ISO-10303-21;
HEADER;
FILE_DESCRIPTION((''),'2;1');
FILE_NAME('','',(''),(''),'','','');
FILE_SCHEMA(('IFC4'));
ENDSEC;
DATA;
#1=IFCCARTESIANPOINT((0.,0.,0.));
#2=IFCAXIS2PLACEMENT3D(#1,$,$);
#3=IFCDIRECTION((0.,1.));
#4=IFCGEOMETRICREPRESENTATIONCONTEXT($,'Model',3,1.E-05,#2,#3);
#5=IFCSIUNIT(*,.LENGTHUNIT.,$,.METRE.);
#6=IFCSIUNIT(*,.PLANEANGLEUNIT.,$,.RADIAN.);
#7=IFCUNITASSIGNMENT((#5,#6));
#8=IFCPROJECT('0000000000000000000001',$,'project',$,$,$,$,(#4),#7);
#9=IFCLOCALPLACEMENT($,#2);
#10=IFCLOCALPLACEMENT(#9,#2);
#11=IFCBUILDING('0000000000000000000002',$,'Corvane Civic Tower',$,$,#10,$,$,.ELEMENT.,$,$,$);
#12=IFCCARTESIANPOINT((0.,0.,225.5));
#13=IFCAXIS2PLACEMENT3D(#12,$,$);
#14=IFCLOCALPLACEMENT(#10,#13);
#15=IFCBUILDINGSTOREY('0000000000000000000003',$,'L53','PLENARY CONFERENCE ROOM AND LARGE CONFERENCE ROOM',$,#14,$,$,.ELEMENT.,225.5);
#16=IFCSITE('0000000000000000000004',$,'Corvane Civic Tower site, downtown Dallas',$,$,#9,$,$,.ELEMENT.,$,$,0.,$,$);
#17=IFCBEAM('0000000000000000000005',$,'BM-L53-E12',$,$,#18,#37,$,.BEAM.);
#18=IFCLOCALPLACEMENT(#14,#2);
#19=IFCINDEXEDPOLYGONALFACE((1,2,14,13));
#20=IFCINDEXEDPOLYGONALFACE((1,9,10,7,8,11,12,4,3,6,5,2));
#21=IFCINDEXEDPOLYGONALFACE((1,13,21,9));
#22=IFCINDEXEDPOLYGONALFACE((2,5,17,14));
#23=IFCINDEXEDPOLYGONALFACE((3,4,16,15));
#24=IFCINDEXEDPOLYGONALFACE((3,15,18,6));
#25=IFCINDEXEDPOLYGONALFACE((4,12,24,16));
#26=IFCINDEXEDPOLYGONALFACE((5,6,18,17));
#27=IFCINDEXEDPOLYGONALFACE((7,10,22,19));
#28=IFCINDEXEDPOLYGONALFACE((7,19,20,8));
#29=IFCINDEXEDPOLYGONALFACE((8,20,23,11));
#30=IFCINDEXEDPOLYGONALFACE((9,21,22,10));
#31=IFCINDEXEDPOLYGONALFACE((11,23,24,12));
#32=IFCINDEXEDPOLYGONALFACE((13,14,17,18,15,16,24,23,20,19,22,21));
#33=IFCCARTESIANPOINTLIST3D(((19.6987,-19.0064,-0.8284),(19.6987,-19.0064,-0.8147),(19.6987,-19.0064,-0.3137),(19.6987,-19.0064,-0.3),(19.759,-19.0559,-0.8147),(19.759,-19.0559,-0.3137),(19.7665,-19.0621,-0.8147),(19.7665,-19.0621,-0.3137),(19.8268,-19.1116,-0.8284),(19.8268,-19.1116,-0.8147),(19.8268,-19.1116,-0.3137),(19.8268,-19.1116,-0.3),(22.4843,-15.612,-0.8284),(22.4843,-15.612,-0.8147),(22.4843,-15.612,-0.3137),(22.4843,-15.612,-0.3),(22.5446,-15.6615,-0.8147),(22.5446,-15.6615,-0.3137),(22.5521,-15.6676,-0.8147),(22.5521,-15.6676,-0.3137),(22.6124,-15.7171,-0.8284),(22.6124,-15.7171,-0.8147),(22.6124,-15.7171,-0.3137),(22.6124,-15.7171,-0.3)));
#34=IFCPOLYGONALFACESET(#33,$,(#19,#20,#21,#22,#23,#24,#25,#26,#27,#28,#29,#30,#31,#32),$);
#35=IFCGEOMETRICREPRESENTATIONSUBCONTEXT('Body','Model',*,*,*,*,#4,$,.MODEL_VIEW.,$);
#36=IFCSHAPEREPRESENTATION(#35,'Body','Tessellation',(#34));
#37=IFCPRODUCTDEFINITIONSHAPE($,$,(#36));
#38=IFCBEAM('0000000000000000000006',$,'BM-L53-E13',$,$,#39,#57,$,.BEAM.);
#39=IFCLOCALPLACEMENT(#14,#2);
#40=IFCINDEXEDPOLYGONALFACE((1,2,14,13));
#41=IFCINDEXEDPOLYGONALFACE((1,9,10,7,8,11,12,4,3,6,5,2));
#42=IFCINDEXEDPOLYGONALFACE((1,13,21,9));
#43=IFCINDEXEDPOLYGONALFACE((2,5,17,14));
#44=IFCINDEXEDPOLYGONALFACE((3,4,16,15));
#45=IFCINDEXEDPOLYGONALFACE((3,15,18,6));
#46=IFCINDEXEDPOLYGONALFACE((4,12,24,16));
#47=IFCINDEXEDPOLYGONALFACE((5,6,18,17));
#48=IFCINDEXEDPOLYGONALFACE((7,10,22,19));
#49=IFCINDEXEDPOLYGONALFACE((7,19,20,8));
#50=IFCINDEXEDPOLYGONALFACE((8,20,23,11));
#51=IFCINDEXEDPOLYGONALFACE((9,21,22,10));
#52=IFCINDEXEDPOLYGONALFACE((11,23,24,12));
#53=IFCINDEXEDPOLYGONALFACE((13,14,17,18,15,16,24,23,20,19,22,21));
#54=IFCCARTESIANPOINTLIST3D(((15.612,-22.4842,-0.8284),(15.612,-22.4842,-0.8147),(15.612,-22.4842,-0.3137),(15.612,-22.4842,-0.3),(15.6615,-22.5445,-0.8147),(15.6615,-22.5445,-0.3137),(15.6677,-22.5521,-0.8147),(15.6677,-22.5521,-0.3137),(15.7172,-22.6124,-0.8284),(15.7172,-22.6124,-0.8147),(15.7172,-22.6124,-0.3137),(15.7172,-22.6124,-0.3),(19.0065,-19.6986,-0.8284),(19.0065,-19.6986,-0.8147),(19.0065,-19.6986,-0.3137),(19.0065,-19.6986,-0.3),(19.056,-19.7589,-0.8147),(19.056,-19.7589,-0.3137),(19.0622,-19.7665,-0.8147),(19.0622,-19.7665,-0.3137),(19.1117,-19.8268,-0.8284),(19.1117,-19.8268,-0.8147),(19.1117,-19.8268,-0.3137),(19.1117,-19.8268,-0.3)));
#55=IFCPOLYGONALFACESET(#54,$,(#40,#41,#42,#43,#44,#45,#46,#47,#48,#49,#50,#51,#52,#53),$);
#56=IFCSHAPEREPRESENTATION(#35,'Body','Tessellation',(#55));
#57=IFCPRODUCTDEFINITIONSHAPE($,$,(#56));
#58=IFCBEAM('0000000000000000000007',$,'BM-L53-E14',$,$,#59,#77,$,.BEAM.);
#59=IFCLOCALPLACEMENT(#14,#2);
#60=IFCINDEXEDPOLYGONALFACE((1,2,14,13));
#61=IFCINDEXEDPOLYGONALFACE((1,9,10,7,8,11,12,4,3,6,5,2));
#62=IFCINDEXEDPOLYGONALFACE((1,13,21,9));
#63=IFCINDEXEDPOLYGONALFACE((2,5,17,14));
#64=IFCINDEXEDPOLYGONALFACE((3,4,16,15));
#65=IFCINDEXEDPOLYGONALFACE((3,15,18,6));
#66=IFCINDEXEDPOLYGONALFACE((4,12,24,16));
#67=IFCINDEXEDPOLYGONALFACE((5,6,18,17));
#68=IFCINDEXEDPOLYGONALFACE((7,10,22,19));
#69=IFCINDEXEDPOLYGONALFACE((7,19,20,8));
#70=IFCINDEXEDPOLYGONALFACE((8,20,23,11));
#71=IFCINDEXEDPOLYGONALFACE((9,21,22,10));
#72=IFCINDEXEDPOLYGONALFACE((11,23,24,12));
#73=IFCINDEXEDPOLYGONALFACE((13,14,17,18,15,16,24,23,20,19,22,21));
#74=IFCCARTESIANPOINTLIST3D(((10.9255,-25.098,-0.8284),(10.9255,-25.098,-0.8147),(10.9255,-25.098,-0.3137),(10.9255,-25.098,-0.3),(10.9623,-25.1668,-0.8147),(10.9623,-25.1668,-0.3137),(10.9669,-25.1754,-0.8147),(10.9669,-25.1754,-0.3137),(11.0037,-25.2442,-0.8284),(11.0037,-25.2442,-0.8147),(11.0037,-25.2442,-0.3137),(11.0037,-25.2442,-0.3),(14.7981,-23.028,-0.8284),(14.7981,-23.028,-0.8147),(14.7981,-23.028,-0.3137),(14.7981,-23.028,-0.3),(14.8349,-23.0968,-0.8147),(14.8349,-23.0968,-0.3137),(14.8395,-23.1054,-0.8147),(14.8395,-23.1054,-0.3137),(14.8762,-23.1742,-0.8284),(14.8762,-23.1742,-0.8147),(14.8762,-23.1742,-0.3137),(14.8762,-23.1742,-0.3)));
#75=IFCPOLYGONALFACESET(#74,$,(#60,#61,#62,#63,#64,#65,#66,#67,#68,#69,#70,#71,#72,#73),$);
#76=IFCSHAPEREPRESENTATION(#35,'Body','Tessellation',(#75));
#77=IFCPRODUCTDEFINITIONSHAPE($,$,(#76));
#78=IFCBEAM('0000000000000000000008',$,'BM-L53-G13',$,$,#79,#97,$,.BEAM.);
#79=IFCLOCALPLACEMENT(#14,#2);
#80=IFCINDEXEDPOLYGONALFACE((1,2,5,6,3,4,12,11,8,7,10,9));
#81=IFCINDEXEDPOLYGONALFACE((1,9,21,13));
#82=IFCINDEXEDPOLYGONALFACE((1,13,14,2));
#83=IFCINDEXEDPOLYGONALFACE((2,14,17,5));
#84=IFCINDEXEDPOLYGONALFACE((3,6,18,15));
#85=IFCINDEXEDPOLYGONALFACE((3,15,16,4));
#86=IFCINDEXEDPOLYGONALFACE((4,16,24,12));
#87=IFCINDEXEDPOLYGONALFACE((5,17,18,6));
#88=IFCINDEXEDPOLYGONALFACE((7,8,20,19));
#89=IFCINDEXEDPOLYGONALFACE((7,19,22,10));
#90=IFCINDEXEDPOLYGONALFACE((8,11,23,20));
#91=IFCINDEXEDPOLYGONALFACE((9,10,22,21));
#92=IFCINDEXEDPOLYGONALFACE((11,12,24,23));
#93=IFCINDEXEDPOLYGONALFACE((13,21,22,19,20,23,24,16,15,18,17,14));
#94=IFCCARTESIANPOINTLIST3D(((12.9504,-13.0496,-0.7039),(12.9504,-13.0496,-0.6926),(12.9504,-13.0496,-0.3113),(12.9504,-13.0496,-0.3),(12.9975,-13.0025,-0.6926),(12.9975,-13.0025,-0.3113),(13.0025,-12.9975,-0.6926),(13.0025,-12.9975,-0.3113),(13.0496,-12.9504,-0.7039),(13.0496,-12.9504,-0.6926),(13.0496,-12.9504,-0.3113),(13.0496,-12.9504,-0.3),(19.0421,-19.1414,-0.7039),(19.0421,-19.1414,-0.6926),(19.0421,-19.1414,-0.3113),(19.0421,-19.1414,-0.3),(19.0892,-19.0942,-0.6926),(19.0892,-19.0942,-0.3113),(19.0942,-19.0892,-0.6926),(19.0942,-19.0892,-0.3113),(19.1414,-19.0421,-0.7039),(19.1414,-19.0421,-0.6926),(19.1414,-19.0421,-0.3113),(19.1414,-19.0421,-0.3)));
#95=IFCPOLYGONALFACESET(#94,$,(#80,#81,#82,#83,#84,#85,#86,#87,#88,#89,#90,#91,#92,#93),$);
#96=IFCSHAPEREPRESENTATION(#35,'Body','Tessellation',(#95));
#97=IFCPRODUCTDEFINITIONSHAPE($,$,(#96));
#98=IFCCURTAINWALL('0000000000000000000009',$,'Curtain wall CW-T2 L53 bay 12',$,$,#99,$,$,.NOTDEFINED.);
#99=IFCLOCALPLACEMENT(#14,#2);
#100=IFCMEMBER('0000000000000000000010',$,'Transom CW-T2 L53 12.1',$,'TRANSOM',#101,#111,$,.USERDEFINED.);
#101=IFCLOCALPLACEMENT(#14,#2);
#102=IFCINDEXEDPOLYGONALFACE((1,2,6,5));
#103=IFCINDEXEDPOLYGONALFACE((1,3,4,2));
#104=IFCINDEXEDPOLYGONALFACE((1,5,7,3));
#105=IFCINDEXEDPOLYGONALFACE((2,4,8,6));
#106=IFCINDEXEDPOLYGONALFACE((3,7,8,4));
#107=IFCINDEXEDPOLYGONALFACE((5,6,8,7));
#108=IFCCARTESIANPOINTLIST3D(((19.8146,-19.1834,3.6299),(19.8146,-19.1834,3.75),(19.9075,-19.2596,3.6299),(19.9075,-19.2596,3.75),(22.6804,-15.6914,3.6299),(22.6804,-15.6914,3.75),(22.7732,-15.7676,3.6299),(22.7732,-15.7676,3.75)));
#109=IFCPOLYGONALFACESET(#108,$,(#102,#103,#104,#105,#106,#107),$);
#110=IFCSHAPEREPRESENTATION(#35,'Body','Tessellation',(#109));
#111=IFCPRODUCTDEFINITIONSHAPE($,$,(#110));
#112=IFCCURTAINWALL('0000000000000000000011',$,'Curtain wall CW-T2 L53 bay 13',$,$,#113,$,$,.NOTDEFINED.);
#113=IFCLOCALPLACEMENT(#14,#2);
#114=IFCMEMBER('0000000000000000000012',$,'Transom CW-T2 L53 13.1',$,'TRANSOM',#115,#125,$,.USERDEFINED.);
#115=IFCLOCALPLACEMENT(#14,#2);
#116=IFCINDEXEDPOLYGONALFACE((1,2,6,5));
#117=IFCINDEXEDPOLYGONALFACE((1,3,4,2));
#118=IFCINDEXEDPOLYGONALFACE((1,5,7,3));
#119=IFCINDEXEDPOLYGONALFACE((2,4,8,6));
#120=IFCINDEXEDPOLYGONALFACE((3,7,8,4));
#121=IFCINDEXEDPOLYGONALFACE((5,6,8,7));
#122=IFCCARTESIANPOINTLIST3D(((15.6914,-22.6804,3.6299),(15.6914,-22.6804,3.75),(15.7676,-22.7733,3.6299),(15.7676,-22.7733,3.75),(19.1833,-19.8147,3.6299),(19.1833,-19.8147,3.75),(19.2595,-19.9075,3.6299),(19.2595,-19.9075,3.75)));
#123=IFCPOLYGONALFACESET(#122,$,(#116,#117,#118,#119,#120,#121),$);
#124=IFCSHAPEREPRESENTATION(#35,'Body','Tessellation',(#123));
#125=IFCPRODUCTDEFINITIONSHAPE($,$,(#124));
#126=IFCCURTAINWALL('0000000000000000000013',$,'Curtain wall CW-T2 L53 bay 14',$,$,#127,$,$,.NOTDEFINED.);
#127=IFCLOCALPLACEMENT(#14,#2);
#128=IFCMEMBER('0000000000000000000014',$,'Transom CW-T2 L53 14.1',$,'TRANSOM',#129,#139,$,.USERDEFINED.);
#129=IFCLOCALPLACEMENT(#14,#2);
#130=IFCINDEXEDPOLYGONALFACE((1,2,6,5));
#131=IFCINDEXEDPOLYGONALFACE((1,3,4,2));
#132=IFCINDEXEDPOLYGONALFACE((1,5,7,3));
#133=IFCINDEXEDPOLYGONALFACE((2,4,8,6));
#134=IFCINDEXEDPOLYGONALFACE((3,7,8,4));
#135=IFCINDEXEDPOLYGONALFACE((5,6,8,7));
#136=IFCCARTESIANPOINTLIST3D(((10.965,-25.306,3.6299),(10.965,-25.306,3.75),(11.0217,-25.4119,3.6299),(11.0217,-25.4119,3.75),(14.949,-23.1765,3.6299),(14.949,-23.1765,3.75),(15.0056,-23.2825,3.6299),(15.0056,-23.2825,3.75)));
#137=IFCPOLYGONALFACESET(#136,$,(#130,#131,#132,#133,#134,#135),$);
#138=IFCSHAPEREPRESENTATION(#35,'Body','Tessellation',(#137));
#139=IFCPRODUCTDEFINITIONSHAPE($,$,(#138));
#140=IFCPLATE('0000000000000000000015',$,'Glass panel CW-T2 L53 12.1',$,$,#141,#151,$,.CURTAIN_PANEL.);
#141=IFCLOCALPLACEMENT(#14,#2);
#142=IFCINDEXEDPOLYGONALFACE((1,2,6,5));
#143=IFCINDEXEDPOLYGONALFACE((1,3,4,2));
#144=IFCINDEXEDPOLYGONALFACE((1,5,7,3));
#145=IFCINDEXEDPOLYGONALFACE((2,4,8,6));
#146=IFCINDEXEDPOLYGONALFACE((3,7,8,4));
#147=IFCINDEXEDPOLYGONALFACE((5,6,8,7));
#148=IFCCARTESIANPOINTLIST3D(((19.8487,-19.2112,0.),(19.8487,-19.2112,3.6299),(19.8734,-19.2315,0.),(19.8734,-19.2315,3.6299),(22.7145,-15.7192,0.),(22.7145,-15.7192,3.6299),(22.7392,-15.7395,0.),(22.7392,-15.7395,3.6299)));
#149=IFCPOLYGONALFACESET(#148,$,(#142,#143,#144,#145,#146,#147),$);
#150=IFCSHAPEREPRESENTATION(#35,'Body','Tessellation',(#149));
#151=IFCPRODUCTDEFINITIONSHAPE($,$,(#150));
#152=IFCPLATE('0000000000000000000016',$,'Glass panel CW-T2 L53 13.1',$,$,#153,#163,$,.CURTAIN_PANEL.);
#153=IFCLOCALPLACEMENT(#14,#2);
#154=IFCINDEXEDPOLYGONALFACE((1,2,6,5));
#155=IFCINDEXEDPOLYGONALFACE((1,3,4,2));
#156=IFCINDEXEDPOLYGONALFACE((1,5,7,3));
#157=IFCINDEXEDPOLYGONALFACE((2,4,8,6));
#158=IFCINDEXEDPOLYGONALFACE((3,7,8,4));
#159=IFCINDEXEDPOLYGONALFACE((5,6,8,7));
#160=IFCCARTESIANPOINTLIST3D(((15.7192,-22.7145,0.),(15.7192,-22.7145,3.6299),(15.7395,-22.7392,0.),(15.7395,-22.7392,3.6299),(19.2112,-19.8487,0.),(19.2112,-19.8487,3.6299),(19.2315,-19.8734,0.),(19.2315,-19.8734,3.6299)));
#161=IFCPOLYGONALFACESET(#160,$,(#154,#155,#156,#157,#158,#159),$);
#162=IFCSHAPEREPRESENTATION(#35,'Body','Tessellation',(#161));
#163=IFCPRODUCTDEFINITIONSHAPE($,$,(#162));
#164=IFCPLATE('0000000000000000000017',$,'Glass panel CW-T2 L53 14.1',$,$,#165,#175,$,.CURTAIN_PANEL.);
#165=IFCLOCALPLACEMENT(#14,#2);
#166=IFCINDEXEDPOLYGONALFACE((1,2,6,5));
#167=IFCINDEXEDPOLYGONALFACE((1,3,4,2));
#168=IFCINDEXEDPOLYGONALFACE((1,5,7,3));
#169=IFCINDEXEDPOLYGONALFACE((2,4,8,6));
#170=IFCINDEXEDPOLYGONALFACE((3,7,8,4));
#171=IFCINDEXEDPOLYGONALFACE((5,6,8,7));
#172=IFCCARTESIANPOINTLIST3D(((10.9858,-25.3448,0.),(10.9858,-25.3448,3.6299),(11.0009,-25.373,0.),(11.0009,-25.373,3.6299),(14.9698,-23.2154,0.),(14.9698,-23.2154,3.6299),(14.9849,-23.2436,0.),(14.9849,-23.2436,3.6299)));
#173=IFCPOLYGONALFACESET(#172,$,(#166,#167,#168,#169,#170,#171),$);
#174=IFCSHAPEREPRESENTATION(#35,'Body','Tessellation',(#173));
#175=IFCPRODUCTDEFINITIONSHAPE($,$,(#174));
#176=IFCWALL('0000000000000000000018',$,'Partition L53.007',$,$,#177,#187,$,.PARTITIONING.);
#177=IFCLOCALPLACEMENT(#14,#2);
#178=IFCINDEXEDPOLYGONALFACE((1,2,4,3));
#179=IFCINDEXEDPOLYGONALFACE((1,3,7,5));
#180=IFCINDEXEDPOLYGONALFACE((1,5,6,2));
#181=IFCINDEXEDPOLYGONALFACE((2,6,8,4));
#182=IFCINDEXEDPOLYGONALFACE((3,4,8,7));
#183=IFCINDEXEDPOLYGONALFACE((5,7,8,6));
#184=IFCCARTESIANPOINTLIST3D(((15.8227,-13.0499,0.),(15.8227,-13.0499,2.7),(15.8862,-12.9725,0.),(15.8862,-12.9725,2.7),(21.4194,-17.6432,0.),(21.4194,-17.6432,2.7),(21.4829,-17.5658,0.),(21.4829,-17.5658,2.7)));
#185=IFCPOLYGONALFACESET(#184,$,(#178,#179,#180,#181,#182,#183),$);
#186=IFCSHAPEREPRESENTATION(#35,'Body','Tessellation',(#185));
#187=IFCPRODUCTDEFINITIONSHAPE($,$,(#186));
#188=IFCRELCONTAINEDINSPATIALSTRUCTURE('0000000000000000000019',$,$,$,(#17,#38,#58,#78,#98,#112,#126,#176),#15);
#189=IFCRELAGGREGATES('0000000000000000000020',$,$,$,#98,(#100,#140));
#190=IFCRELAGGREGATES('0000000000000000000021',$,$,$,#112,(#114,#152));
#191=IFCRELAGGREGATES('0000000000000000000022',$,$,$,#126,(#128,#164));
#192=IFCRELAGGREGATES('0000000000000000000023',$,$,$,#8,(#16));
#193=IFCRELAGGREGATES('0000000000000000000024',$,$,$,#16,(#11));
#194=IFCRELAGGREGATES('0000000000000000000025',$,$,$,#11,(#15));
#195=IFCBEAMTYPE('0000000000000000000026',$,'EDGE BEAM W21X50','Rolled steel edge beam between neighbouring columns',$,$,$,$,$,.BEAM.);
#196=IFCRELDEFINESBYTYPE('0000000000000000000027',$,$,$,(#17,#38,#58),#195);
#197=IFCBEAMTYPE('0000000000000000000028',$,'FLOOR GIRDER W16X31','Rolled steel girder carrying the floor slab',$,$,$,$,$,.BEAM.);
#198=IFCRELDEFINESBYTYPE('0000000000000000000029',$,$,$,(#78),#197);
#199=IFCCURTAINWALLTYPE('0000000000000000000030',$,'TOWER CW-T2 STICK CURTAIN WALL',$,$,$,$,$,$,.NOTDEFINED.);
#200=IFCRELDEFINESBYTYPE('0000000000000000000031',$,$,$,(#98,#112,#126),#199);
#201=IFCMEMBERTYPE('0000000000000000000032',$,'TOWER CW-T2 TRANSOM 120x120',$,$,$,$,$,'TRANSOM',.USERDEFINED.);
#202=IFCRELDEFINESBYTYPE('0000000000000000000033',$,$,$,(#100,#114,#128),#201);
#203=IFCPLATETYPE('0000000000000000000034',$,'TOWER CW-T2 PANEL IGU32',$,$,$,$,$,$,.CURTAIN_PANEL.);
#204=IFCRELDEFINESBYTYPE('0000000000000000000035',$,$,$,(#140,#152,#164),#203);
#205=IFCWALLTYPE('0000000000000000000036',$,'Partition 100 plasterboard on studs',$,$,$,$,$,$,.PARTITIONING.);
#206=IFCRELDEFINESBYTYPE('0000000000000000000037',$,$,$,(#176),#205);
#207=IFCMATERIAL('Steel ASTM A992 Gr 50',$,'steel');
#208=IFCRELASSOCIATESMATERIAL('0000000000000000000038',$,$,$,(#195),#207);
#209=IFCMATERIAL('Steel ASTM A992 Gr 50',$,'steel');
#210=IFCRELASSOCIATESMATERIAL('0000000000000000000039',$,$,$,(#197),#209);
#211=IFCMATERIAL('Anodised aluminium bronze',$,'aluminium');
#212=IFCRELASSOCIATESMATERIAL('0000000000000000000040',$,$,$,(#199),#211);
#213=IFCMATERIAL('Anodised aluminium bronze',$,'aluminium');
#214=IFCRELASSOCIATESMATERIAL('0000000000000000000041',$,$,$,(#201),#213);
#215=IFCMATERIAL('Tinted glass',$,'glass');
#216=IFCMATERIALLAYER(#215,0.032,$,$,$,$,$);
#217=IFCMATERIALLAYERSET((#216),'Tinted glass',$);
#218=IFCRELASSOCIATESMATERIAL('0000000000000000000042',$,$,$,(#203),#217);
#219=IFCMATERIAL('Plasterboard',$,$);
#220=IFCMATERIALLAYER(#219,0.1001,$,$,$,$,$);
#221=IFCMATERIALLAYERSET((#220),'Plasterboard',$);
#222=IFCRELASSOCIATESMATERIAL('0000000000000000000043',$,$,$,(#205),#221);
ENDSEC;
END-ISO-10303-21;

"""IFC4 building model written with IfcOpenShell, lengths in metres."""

from ifc_helpers import new_model, si_unit, direction, frame, frame_2d, origin, origin_2d, place, context, subcontext, project, spatial, rectangle, i_section, extrude, material, layer, layer_set, material_profile, profile_set, type_object, element, aggregate, save


model = new_model("IFC4")

# Units and contexts
model_context = context("Model", 3, precision=1e-05, world=origin(), true_north=direction((0.0, 1.0)))
body_context = subcontext(model_context, "Body", "Model", "MODEL_VIEW")
ifc_project = project(units=[si_unit("LENGTHUNIT", "METRE"), si_unit("PLANEANGLEUNIT", "RADIAN")], contexts=[model_context])

# Site, building, storey
site_placement = place(None, origin())
site = spatial("IfcSite", under=ifc_project, at=site_placement, Name="Corvane Civic Tower site, downtown Dallas", CompositionType="ELEMENT", RefElevation=0.0)
building_placement = place(site_placement, origin())
building = spatial("IfcBuilding", under=site, at=building_placement, Name="Corvane Civic Tower", CompositionType="ELEMENT")
storey_placement = place(building_placement, frame((0.0, 0.0, 225.5)))
storey = spatial("IfcBuildingStorey", under=building, at=storey_placement, Name="L53", Description="PLENARY CONFERENCE ROOM AND LARGE CONFERENCE ROOM", CompositionType="ELEMENT", Elevation=225.5)

# Beams
ifc_material_1 = material(Name="Steel ASTM A992 Gr 50", Category="steel")
ifc_material_profile_1 = material_profile(ifc_material_1, i_section(OverallWidth=0.1658, OverallDepth=0.5283, WebThickness=0.0098, FlangeThickness=0.0137, at=origin_2d()), Name="W21X50")
ifc_profile_set_1 = profile_set([ifc_material_profile_1], Name="Steel ASTM A992 Gr 50")
beam_type_1 = type_object("IfcBeamType", Name="EDGE BEAM W21X50", Description="Rolled steel edge beam between neighbouring columns", PredefinedType="BEAM", material=ifc_profile_set_1)
for number, where, z_axis, x_axis, name in (
    (1, (22.5483, -15.6646, -0.5642), (-0.634369, -0.77303, 0.0), (0.77303, -0.634369, 0.0), "BM-L53-E12"),
    (2, (19.0591, -19.7627, -0.5642), (-0.77303, -0.634369, 0.0), (0.634369, -0.77303, 0.0), "BM-L53-E13"),
    (3, (14.8372, -23.1011, -0.5642), (-0.881908, -0.471422, 0.0), (0.471422, -0.881908, 0.0), "BM-L53-E14"),
):
    element("IfcBeam", number, at=place(storey_placement, frame(where, z_axis=z_axis, x_axis=x_axis)), inside=storey, type_object=beam_type_1, Name=name, PredefinedType="BEAM", context=body_context, shape_type="SweptSolid", body=[
        extrude(i_section(OverallWidth=0.1658, OverallDepth=0.5283, WebThickness=0.0098, FlangeThickness=0.0137, at=origin_2d()), origin(), (0.0, 0.0, 1.0), 4.3911),
    ])
ifc_material_2 = material(Name="Steel ASTM A992 Gr 50", Category="steel")
ifc_material_profile_2 = material_profile(ifc_material_2, i_section(OverallWidth=0.1404, OverallDepth=0.4038, WebThickness=0.0071, FlangeThickness=0.0112, at=origin_2d()), Name="W16X31")
ifc_profile_set_2 = profile_set([ifc_material_profile_2], Name="Steel ASTM A992 Gr 50")
beam_type_2 = type_object("IfcBeamType", Name="FLOOR GIRDER W16X31", Description="Rolled steel girder carrying the floor slab", PredefinedType="BEAM", material=ifc_profile_set_2)
beam_placement = place(storey_placement, frame((13.0, -13.0, -0.502), z_axis=(0.707107, -0.707107, 0.0), x_axis=(0.707107, 0.707107, 0.0)))
element("IfcBeam", 4, at=beam_placement, inside=storey, type_object=beam_type_2, Name="BM-L53-G13", PredefinedType="BEAM", context=body_context, shape_type="SweptSolid", body=[
    extrude(i_section(OverallWidth=0.1404, OverallDepth=0.4038, WebThickness=0.0071, FlangeThickness=0.0112, at=origin_2d()), origin(), (0.0, 0.0, 1.0), 8.615),
])

# Curtain walls, members
ifc_material_3 = material(Name="Anodised aluminium bronze", Category="aluminium")
curtain_wall_type = type_object("IfcCurtainWallType", Name="TOWER CW-T2 STICK CURTAIN WALL", PredefinedType="NOTDEFINED", material=ifc_material_3)
curtain_wall_1_placement = place(storey_placement, origin())
curtain_wall_1 = element("IfcCurtainWall", 5, at=curtain_wall_1_placement, inside=storey, type_object=curtain_wall_type, Name="Curtain wall CW-T2 L53 bay 12", PredefinedType="NOTDEFINED")
ifc_material_4 = material(Name="Anodised aluminium bronze", Category="aluminium")
ifc_material_profile_3 = material_profile(ifc_material_4, rectangle(XDim=0.1201, YDim=0.1201, at=origin_2d()), Name="TOWER CW-T2 TRANSOM 120x120")
ifc_profile_set_3 = profile_set([ifc_material_profile_3], Name="Anodised aluminium bronze")
member_type = type_object("IfcMemberType", Name="TOWER CW-T2 TRANSOM 120x120", ElementType="TRANSOM", PredefinedType="USERDEFINED", material=ifc_profile_set_3)
member_1_placement = place(storey_placement, frame((22.7268, -15.7295, 3.6899), z_axis=(-0.634388, -0.773015, 0.0), x_axis=(0.773015, -0.634388, 0.0)))
member_1 = element("IfcMember", 6, at=member_1_placement, type_object=member_type, Name="Transom CW-T2 L53 12.1", ObjectType="TRANSOM", PredefinedType="USERDEFINED", context=body_context, shape_type="SweptSolid", body=[
    extrude(rectangle(XDim=0.1201, YDim=0.1201, at=origin_2d()), origin(), (0.0, 0.0, 1.0), 4.5173),
])
curtain_wall_2_placement = place(storey_placement, origin())
curtain_wall_2 = element("IfcCurtainWall", 7, at=curtain_wall_2_placement, inside=storey, type_object=curtain_wall_type, Name="Curtain wall CW-T2 L53 bay 13", PredefinedType="NOTDEFINED")
member_2_placement = place(storey_placement, frame((19.2214, -19.8611, 3.6899), z_axis=(-0.773015, -0.634388, 0.0), x_axis=(0.634388, -0.773015, 0.0)))
member_2 = element("IfcMember", 8, at=member_2_placement, type_object=member_type, Name="Transom CW-T2 L53 13.1", ObjectType="TRANSOM", PredefinedType="USERDEFINED", context=body_context, shape_type="SweptSolid", body=[
    extrude(rectangle(XDim=0.1201, YDim=0.1201, at=origin_2d()), origin(), (0.0, 0.0, 1.0), 4.5173),
])
curtain_wall_3_placement = place(storey_placement, origin())
curtain_wall_3 = element("IfcCurtainWall", 9, at=curtain_wall_3_placement, inside=storey, type_object=curtain_wall_type, Name="Curtain wall CW-T2 L53 bay 14", PredefinedType="NOTDEFINED")
member_3_placement = place(storey_placement, frame((14.9773, -23.2295, 3.6899), z_axis=(-0.881925, -0.47139, 0.0), x_axis=(0.47139, -0.881925, 0.0)))
member_3 = element("IfcMember", 10, at=member_3_placement, type_object=member_type, Name="Transom CW-T2 L53 14.1", ObjectType="TRANSOM", PredefinedType="USERDEFINED", context=body_context, shape_type="SweptSolid", body=[
    extrude(rectangle(XDim=0.1201, YDim=0.1201, at=origin_2d()), origin(), (0.0, 0.0, 1.0), 4.5173),
])

# Plates
ifc_material_5 = material(Name="Tinted glass", Category="glass")
ifc_layer_1 = layer(ifc_material_5, 0.032)
ifc_layer_set_1 = layer_set([ifc_layer_1], Name="Tinted glass")
plate_type = type_object("IfcPlateType", Name="TOWER CW-T2 PANEL IGU32", PredefinedType="CURTAIN_PANEL", material=ifc_layer_set_1)
plate_1_placement = place(storey_placement, frame((21.2939, -17.4753, 0.0), z_axis=(0.0, 0.0, 1.0), x_axis=(-0.634391, -0.773012, 0.0)))
plate_1 = element("IfcPlate", 11, at=plate_1_placement, type_object=plate_type, Name="Glass panel CW-T2 L53 12.1", PredefinedType="CURTAIN_PANEL", context=body_context, shape_type="SweptSolid", body=[
    extrude(rectangle(XDim=4.5173, YDim=0.032, at=origin_2d()), origin(), (0.0, 0.0, 1.0), 3.6299),
])
aggregate(curtain_wall_1, [member_1, plate_1])
plate_2_placement = place(storey_placement, frame((17.4753, -21.2939, 0.0), z_axis=(0.0, 0.0, 1.0), x_axis=(-0.773012, -0.634391, 0.0)))
plate_2 = element("IfcPlate", 12, at=plate_2_placement, type_object=plate_type, Name="Glass panel CW-T2 L53 13.1", PredefinedType="CURTAIN_PANEL", context=body_context, shape_type="SweptSolid", body=[
    extrude(rectangle(XDim=4.5173, YDim=0.032, at=origin_2d()), origin(), (0.0, 0.0, 1.0), 3.6299),
])
aggregate(curtain_wall_2, [member_2, plate_2])
plate_3_placement = place(storey_placement, frame((12.9854, -24.2942, 0.0), z_axis=(0.0, 0.0, 1.0), x_axis=(-0.88192, -0.471398, 0.0)))
plate_3 = element("IfcPlate", 13, at=plate_3_placement, type_object=plate_type, Name="Glass panel CW-T2 L53 14.1", PredefinedType="CURTAIN_PANEL", context=body_context, shape_type="SweptSolid", body=[
    extrude(rectangle(XDim=4.5173, YDim=0.032, at=origin_2d()), origin(), (0.0, 0.0, 1.0), 3.6299),
])
aggregate(curtain_wall_3, [member_3, plate_3])

# Wall
ifc_material_6 = material(Name="Plasterboard")
ifc_layer_2 = layer(ifc_material_6, 0.1001)
ifc_layer_set_2 = layer_set([ifc_layer_2], Name="Plasterboard")
wall_type_1 = type_object("IfcWallType", Name="Partition 100 plasterboard on studs", PredefinedType="PARTITIONING", material=ifc_layer_set_2)
wall_1_placement = place(storey_placement, frame((15.8545, -13.0112, 0.0), z_axis=(0.0, 0.0, 1.0), x_axis=(0.772998, -0.634409, 0.0)))
element("IfcWall", 14, at=wall_1_placement, inside=storey, type_object=wall_type_1, Name="Partition L53.007", PredefinedType="PARTITIONING", context=body_context, shape_type="SweptSolid", body=[
    extrude(rectangle(XDim=7.2402, YDim=0.1001, at=frame_2d((3.6201, 0.0))), origin(), (0.0, 0.0, 1.0), 2.7),
])

save(model, "model.ifc")
